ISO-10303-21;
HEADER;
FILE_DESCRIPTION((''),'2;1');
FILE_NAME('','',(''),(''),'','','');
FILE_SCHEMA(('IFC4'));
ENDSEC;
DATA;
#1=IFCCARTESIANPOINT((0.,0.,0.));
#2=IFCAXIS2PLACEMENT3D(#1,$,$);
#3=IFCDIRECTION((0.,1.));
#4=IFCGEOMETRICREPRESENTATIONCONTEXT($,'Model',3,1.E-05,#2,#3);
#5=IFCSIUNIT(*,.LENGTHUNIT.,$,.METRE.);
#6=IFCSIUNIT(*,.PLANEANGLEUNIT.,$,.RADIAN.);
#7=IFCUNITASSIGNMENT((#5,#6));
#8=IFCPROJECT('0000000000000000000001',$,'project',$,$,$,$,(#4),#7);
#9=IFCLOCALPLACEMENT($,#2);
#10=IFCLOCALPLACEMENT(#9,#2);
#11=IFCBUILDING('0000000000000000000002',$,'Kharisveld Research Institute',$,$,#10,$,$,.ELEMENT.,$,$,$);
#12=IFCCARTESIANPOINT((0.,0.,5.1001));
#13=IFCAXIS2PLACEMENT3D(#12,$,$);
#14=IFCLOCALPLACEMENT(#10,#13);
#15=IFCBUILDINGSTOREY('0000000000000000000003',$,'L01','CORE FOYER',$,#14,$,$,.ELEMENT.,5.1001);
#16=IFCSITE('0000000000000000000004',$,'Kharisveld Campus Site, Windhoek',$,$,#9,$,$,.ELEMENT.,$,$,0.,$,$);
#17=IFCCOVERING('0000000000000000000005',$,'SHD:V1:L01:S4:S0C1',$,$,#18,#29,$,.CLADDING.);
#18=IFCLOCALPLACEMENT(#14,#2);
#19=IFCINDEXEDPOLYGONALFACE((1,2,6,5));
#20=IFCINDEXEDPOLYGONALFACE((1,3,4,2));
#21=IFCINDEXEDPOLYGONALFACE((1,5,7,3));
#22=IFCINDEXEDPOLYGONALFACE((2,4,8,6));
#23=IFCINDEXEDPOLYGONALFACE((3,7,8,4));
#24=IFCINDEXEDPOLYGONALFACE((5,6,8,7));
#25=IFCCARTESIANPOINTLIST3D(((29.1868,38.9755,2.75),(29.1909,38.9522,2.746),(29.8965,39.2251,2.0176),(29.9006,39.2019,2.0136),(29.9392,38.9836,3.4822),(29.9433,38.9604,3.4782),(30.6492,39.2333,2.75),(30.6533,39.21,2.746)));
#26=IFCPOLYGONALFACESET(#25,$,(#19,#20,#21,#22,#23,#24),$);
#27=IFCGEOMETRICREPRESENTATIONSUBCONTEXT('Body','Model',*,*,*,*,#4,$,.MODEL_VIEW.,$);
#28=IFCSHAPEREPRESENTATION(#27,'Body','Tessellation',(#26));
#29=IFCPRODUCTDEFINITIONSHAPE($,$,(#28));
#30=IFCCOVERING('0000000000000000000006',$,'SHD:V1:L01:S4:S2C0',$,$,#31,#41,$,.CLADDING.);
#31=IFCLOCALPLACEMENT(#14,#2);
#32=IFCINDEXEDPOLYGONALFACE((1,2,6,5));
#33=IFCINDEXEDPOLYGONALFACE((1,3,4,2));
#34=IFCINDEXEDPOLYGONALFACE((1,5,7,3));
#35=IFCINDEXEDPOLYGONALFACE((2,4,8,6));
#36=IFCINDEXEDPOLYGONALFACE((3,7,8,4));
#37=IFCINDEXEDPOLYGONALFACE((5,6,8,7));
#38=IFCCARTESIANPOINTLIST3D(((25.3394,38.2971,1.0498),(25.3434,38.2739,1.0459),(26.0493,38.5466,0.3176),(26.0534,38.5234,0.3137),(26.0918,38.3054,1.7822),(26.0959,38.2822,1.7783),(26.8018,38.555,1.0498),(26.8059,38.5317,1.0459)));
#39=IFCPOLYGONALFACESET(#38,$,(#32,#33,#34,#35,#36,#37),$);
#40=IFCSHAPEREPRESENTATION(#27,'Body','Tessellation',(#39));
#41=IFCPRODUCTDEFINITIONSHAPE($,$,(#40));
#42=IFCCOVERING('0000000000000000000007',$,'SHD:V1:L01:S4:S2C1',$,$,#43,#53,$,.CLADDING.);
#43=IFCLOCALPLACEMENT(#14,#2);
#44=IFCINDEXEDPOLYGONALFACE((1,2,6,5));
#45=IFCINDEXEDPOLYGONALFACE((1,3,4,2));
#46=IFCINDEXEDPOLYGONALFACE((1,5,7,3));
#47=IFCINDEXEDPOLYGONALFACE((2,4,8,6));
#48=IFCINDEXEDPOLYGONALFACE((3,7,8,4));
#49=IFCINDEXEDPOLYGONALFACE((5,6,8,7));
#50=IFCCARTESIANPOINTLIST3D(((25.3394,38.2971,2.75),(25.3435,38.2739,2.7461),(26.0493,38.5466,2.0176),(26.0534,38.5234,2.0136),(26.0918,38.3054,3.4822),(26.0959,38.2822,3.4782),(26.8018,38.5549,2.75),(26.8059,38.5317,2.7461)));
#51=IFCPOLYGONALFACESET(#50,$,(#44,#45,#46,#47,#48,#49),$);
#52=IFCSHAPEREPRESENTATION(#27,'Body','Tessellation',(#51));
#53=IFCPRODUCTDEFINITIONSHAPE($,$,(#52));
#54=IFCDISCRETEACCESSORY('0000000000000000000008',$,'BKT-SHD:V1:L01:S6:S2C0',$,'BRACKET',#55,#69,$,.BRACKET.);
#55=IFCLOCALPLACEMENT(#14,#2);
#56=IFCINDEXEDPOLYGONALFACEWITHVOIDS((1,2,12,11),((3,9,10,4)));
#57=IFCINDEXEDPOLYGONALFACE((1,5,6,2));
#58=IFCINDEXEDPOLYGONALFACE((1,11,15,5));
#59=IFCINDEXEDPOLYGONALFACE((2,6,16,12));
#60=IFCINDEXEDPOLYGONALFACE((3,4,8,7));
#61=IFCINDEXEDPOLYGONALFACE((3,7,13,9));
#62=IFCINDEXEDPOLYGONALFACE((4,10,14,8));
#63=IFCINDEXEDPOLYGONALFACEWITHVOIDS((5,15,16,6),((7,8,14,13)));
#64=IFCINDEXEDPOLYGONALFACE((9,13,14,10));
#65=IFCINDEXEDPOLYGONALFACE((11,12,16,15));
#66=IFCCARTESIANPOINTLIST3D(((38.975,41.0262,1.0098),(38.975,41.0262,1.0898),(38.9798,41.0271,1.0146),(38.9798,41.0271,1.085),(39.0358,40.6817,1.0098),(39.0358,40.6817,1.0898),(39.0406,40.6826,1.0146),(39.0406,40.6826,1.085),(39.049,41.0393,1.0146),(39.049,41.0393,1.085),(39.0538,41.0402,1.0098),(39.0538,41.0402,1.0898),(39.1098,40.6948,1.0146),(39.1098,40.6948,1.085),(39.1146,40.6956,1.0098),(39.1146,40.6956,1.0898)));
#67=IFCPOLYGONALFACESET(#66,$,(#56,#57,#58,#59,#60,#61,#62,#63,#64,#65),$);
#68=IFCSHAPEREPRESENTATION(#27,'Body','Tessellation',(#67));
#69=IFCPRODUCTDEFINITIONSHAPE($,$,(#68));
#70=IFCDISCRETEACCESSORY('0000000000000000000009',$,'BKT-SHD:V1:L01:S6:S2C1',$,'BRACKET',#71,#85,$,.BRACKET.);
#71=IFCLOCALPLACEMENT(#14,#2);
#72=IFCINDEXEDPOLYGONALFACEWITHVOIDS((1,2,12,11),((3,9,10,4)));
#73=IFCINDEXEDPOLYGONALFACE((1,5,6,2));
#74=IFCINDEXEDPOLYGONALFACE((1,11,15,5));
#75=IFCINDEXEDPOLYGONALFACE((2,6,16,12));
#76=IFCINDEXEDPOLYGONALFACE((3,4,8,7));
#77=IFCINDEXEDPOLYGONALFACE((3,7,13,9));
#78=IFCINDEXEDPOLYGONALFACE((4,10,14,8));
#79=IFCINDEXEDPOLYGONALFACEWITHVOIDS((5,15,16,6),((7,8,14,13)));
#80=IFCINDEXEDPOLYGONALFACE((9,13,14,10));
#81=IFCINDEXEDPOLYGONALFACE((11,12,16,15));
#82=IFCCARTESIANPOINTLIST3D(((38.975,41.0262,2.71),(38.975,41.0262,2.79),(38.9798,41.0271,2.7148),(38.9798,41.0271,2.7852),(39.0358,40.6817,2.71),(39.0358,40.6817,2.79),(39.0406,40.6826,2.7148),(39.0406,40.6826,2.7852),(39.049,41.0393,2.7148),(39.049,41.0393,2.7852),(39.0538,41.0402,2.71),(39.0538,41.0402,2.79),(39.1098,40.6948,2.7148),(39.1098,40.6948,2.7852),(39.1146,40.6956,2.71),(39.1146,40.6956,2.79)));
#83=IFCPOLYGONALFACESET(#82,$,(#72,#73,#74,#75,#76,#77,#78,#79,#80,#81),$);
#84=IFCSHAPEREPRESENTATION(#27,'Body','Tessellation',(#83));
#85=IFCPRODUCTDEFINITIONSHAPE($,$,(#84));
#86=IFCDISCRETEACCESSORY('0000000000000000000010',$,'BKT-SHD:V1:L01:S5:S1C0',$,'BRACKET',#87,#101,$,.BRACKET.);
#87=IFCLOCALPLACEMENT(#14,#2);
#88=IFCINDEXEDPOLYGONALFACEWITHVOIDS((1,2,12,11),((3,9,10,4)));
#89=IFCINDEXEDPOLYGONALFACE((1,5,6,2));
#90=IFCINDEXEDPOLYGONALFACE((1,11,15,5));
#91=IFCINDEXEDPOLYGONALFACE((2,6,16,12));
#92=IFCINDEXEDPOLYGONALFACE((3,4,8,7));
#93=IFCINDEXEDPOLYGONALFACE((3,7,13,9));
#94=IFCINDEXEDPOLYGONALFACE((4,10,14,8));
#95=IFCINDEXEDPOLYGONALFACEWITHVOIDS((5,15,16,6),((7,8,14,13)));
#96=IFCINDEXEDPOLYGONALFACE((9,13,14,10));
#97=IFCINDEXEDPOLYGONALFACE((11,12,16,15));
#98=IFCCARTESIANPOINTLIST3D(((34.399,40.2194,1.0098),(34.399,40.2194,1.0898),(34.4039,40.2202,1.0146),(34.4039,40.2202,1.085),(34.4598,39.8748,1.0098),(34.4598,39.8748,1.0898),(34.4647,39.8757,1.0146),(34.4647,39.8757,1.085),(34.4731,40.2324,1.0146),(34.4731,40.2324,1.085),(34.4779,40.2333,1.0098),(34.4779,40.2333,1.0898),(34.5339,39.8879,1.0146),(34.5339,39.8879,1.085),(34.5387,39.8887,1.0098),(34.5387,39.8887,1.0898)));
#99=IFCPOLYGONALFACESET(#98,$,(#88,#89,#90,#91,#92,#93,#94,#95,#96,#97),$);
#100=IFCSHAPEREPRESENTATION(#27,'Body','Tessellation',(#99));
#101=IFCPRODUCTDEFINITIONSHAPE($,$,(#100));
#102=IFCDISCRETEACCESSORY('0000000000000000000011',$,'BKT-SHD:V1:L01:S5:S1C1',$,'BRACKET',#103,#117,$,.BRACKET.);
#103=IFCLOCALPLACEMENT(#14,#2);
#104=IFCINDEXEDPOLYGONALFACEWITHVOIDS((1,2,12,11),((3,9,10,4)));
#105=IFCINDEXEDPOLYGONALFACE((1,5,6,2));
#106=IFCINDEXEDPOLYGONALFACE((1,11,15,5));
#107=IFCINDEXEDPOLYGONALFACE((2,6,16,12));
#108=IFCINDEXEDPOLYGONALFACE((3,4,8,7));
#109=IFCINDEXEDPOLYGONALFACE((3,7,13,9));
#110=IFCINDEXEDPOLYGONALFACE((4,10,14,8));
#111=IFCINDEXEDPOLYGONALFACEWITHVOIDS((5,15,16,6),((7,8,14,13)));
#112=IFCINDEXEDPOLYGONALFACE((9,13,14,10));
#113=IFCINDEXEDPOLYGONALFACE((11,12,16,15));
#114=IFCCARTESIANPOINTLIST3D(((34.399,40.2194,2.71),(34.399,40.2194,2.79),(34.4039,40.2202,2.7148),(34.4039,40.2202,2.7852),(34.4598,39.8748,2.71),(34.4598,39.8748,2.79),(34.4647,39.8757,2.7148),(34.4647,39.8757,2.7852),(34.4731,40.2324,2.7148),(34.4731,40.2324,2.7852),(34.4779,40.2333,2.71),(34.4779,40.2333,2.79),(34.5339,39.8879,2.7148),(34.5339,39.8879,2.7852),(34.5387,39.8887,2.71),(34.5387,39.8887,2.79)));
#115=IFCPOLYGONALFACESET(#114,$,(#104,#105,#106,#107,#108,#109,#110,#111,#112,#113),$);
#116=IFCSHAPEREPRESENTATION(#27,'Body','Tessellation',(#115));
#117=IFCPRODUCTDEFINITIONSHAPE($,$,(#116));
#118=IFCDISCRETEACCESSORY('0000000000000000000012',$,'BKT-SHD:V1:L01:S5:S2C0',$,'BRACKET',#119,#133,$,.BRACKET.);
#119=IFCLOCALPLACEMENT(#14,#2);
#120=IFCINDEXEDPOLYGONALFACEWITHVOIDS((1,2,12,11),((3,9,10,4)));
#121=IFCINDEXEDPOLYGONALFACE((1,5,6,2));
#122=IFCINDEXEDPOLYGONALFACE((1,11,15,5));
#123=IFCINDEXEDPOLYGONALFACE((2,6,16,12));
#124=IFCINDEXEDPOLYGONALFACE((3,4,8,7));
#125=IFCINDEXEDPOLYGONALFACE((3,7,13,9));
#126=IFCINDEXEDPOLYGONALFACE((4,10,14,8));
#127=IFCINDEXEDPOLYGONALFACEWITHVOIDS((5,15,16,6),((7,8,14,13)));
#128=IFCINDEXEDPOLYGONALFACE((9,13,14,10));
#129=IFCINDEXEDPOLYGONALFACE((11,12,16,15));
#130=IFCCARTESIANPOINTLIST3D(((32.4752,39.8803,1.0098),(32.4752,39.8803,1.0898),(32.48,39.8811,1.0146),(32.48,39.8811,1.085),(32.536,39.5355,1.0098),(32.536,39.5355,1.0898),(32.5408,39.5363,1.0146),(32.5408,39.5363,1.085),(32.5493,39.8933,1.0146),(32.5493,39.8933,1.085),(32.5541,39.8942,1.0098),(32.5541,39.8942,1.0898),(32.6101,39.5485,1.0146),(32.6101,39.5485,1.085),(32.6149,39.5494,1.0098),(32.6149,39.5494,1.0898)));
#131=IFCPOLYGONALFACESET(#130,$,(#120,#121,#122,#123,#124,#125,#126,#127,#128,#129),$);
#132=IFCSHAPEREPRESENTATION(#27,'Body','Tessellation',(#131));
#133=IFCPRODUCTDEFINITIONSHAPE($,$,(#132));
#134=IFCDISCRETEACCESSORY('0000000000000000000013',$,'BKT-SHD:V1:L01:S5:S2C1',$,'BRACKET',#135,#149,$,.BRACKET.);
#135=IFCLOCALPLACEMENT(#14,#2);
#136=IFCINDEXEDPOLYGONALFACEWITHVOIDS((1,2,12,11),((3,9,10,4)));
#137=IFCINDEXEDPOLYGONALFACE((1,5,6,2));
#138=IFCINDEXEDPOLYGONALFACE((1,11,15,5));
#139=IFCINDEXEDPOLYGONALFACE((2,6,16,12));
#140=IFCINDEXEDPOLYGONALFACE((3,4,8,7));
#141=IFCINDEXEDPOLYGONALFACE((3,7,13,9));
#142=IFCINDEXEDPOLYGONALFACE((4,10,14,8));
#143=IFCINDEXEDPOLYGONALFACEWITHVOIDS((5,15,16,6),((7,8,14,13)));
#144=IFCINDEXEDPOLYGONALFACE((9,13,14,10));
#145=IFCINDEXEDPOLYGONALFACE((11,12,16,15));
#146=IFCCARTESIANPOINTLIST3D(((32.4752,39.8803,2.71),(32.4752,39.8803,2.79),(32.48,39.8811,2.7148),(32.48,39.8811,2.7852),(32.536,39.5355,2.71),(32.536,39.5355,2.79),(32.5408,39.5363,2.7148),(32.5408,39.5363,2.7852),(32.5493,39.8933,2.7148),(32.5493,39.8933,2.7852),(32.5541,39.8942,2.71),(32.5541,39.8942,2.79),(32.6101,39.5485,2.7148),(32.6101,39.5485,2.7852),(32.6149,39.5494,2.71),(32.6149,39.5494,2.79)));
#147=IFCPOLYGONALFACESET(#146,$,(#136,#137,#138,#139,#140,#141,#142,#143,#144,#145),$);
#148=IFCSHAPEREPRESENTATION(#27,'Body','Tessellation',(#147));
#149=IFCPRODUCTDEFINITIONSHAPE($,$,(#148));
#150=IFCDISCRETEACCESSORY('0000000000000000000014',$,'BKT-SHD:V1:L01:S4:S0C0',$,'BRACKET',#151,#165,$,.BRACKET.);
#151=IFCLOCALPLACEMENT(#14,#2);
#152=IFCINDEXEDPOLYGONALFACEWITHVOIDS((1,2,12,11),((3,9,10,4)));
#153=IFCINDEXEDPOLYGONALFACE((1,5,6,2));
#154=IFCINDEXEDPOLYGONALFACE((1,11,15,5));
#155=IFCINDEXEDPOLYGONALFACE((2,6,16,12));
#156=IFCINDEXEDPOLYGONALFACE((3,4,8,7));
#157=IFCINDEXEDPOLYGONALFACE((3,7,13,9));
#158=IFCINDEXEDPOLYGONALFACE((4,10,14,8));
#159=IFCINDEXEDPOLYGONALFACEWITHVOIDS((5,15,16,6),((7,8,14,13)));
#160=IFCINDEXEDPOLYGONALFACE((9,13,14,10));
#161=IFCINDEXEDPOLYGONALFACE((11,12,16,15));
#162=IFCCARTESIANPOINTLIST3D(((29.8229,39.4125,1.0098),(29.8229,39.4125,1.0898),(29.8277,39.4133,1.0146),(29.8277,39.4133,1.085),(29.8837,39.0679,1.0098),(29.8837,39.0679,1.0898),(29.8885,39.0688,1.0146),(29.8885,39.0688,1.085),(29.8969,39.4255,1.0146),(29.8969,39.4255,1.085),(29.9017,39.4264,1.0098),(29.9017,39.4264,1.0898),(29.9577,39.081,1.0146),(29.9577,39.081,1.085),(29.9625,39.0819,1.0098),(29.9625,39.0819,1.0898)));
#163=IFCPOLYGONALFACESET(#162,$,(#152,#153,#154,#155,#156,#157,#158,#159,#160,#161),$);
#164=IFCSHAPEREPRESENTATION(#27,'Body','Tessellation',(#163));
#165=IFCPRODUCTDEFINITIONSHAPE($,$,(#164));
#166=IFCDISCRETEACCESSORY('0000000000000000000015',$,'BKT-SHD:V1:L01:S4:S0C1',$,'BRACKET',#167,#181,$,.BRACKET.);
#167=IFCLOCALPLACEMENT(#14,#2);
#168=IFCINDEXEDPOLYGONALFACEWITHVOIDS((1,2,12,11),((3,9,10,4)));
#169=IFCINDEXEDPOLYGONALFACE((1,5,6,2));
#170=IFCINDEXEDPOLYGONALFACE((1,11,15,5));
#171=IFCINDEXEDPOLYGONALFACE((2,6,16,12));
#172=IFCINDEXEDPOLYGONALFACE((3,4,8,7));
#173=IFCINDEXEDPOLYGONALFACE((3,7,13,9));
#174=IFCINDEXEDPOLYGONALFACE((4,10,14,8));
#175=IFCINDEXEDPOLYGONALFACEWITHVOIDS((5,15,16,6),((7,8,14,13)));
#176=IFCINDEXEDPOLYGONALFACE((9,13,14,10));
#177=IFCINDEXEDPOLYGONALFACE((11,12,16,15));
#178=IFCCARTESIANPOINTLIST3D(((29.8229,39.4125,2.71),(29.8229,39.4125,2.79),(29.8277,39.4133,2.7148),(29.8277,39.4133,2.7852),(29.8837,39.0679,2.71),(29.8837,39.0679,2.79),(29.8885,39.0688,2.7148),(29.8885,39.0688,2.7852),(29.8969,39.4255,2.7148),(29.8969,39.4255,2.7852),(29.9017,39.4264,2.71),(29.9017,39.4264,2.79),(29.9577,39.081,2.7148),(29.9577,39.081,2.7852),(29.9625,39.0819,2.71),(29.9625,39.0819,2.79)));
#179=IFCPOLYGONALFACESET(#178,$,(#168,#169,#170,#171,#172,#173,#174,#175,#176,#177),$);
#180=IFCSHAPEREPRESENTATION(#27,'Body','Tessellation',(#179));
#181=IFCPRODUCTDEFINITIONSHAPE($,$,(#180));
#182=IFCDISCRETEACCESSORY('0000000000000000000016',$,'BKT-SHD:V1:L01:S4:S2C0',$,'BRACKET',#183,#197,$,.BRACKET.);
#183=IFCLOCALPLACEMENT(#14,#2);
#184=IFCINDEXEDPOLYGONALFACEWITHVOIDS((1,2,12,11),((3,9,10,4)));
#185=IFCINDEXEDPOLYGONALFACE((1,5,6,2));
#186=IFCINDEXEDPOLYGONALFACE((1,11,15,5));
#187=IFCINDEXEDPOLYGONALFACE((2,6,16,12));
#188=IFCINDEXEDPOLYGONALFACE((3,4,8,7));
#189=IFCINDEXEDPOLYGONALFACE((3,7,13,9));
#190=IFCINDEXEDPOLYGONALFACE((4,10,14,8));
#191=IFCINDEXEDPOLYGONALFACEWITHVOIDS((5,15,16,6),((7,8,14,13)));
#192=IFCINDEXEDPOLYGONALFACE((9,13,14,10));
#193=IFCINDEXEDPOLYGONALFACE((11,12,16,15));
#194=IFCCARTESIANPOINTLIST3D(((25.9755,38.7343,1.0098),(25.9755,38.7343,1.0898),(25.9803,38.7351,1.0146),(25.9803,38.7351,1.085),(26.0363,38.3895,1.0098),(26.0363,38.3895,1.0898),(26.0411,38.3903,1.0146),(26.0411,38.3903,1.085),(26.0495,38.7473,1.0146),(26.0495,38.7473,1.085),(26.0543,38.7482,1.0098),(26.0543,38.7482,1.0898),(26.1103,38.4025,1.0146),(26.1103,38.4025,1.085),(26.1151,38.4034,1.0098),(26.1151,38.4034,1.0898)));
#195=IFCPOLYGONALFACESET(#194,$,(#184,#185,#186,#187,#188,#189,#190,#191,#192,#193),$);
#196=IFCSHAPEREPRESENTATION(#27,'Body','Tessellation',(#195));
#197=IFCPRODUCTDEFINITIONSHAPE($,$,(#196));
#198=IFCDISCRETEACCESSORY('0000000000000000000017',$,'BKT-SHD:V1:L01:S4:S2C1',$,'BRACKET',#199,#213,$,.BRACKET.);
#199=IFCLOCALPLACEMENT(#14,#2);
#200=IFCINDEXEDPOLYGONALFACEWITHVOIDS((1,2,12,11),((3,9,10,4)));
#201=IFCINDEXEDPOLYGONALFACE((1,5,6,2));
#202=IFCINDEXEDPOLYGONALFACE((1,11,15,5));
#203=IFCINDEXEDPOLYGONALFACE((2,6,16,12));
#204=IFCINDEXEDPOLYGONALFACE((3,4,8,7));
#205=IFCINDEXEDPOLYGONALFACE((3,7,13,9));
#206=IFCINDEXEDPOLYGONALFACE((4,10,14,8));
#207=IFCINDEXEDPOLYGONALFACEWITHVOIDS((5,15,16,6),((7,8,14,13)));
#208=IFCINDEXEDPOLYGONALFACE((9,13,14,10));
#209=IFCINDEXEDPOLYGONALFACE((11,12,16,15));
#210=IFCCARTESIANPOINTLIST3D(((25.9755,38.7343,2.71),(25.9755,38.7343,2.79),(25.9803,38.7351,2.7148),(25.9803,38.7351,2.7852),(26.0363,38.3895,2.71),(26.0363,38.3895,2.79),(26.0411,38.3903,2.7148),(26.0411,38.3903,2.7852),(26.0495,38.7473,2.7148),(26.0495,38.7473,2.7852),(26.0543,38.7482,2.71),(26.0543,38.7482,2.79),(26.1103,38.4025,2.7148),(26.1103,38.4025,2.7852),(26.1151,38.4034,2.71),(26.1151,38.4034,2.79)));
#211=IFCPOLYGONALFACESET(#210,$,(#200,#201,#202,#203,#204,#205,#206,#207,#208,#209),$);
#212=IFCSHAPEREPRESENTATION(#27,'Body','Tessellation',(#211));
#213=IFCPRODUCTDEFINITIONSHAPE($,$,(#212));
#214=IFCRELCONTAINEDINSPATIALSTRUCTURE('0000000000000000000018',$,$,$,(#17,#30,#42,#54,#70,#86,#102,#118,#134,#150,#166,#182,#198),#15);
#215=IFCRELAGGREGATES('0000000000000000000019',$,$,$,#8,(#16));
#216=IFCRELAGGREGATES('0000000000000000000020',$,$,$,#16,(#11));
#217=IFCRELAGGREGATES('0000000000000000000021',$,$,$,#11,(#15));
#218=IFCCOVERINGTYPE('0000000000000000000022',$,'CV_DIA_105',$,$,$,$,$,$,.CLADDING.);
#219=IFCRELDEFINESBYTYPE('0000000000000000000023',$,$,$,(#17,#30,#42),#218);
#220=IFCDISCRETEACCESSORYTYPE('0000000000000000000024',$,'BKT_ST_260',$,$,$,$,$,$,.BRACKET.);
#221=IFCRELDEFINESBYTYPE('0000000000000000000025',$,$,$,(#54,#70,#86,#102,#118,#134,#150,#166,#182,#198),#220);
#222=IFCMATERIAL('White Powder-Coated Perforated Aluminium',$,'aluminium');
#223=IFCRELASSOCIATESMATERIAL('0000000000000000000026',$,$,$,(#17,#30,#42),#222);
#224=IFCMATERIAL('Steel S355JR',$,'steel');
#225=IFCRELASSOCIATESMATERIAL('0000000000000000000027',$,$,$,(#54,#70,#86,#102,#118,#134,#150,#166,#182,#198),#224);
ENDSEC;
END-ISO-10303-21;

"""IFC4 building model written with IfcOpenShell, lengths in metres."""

from ifc_helpers import new_model, si_unit, direction, frame, origin, origin_2d, place, context, subcontext, project, spatial, polyline, hollow_rectangle, outline, extrude, material, type_object, element, save


model = new_model("IFC4")

# Units and contexts
model_context = context("Model", 3, precision=1e-05, world=origin(), true_north=direction((0.0, 1.0)))
body_context = subcontext(model_context, "Body", "Model", "MODEL_VIEW")
ifc_project = project(units=[si_unit("LENGTHUNIT", "METRE"), si_unit("PLANEANGLEUNIT", "RADIAN")], contexts=[model_context])

# Site, building, storey
site_placement = place(None, origin())
site = spatial("IfcSite", under=ifc_project, at=site_placement, Name="Kharisveld Campus Site, Windhoek", CompositionType="ELEMENT", RefElevation=0.0)
building_placement = place(site_placement, origin())
building = spatial("IfcBuilding", under=site, at=building_placement, Name="Kharisveld Research Institute", CompositionType="ELEMENT")
storey_placement = place(building_placement, frame((0.0, 0.0, 5.1001)))
storey = spatial("IfcBuildingStorey", under=building, at=storey_placement, Name="L01", Description="CORE FOYER", CompositionType="ELEMENT", Elevation=5.1001)

# Coverings
ifc_material_1 = material(Name="White Powder-Coated Perforated Aluminium", Category="aluminium")
covering_type = type_object("IfcCoveringType", Name="CV_DIA_105", PredefinedType="CLADDING")
covering_1_placement = place(storey_placement, frame((29.8965, 39.2251, 2.0176), z_axis=(-0.171233, 0.971295, 0.165124), x_axis=(-0.675933, -0.23775, 0.697559)))
element("IfcCovering", 1, at=covering_1_placement, inside=storey, type_object=covering_type, material=ifc_material_1, Name="SHD:V1:L01:S4:S0C1", PredefinedType="CLADDING", context=body_context, shape_type="SweptSolid", body=[
    extrude(outline(polyline([(0.0, 0.0), (1.05, 0.0), (1.0502, 1.0499), (0.0002, 1.0503), (0.0, 0.0)])), origin(), (0.0, 0.0, -1.0), 0.0239),
])
covering_2_placement = place(storey_placement, frame((26.0493, 38.5466, 0.3176), z_axis=(-0.171239, 0.971325, 0.164938), x_axis=(-0.676192, -0.237624, 0.697352)))
element("IfcCovering", 2, at=covering_2_placement, inside=storey, type_object=covering_type, material=ifc_material_1, Name="SHD:V1:L01:S4:S2C0", PredefinedType="CLADDING", context=body_context, shape_type="SweptSolid", body=[
    extrude(outline(polyline([(0.0, 0.0), (1.0499, 0.0), (1.0499, 1.0501), (-0.0002, 1.0499), (0.0, 0.0)])), origin(), (0.0, 0.0, -1.0), 0.0239),
])
covering_3_placement = place(storey_placement, frame((26.0493, 38.5466, 2.0176), z_axis=(-0.171239, 0.971325, 0.164938), x_axis=(-0.676076, -0.237623, 0.697465)))
element("IfcCovering", 3, at=covering_3_placement, inside=storey, type_object=covering_type, material=ifc_material_1, Name="SHD:V1:L01:S4:S2C1", PredefinedType="CLADDING", context=body_context, shape_type="SweptSolid", body=[
    extrude(outline(polyline([(0.0, 0.0), (1.0501, 0.0), (1.0501, 1.0499), (0.0002, 1.0501), (0.0, 0.0)])), origin(), (0.0, 0.0, -1.0), 0.0239),
])

# Discrete accessories
ifc_material_2 = material(Name="Steel S355JR", Category="steel")
discrete_accessory_type = type_object("IfcDiscreteAccessoryType", Name="BKT_ST_260", PredefinedType="BRACKET")
for number, where, z_axis, x_axis, name in (
    (4, (39.0144, 41.0332, 1.0498), (0.173785, -0.984784, 0.0), (0.984784, 0.173785, 0.0), "BKT-SHD:V1:L01:S6:S2C0"),
    (5, (39.0144, 41.0332, 2.75), (0.173785, -0.984784, 0.0), (0.984784, 0.173785, 0.0), "BKT-SHD:V1:L01:S6:S2C1"),
    (6, (34.4385, 40.2263, 1.0498), (0.173785, -0.984784, 0.0), (0.984784, 0.173785, 0.0), "BKT-SHD:V1:L01:S5:S1C0"),
    (7, (34.4385, 40.2263, 2.75), (0.173785, -0.984784, 0.0), (0.984784, 0.173785, 0.0), "BKT-SHD:V1:L01:S5:S1C1"),
):
    element("IfcDiscreteAccessory", number, at=place(storey_placement, frame(where, z_axis=z_axis, x_axis=x_axis)), inside=storey, type_object=discrete_accessory_type, material=ifc_material_2, Name=name, ObjectType="BRACKET", PredefinedType="BRACKET", context=body_context, shape_type="SweptSolid", body=[
        extrude(hollow_rectangle(XDim=0.0801, YDim=0.0801, WallThickness=0.0049, at=origin_2d()), origin(), (0.0, 0.0, 1.0), 0.3499),
    ])
for number, where, z_axis, x_axis, name in (
    (8, (32.5146, 39.8872, 1.0498), (0.173666, -0.984805, 0.0), (0.984805, 0.173666, 0.0), "BKT-SHD:V1:L01:S5:S2C0"),
    (9, (32.5146, 39.8872, 2.75), (0.173666, -0.984805, 0.0), (0.984805, 0.173666, 0.0), "BKT-SHD:V1:L01:S5:S2C1"),
):
    element("IfcDiscreteAccessory", number, at=place(storey_placement, frame(where, z_axis=z_axis, x_axis=x_axis)), inside=storey, type_object=discrete_accessory_type, material=ifc_material_2, Name=name, ObjectType="BRACKET", PredefinedType="BRACKET", context=body_context, shape_type="SweptSolid", body=[
        extrude(hollow_rectangle(XDim=0.0801, YDim=0.0801, WallThickness=0.0049, at=origin_2d()), origin(), (0.0, 0.0, 1.0), 0.3501),
    ])
for number, where, z_axis, x_axis, name in (
    (10, (29.8623, 39.4194, 1.0498), (0.173785, -0.984784, 0.0), (0.984784, 0.173785, 0.0), "BKT-SHD:V1:L01:S4:S0C0"),
    (11, (29.8623, 39.4194, 2.75), (0.173785, -0.984784, 0.0), (0.984784, 0.173785, 0.0), "BKT-SHD:V1:L01:S4:S0C1"),
):
    element("IfcDiscreteAccessory", number, at=place(storey_placement, frame(where, z_axis=z_axis, x_axis=x_axis)), inside=storey, type_object=discrete_accessory_type, material=ifc_material_2, Name=name, ObjectType="BRACKET", PredefinedType="BRACKET", context=body_context, shape_type="SweptSolid", body=[
        extrude(hollow_rectangle(XDim=0.0801, YDim=0.0801, WallThickness=0.0049, at=origin_2d()), origin(), (0.0, 0.0, 1.0), 0.3499),
    ])
for number, where, z_axis, x_axis, name in (
    (12, (26.0149, 38.7412, 1.0498), (0.173666, -0.984805, 0.0), (0.984805, 0.173666, 0.0), "BKT-SHD:V1:L01:S4:S2C0"),
    (13, (26.0149, 38.7412, 2.75), (0.173666, -0.984805, 0.0), (0.984805, 0.173666, 0.0), "BKT-SHD:V1:L01:S4:S2C1"),
):
    element("IfcDiscreteAccessory", number, at=place(storey_placement, frame(where, z_axis=z_axis, x_axis=x_axis)), inside=storey, type_object=discrete_accessory_type, material=ifc_material_2, Name=name, ObjectType="BRACKET", PredefinedType="BRACKET", context=body_context, shape_type="SweptSolid", body=[
        extrude(hollow_rectangle(XDim=0.0801, YDim=0.0801, WallThickness=0.0049, at=origin_2d()), origin(), (0.0, 0.0, 1.0), 0.3501),
    ])

save(model, "model.ifc")
